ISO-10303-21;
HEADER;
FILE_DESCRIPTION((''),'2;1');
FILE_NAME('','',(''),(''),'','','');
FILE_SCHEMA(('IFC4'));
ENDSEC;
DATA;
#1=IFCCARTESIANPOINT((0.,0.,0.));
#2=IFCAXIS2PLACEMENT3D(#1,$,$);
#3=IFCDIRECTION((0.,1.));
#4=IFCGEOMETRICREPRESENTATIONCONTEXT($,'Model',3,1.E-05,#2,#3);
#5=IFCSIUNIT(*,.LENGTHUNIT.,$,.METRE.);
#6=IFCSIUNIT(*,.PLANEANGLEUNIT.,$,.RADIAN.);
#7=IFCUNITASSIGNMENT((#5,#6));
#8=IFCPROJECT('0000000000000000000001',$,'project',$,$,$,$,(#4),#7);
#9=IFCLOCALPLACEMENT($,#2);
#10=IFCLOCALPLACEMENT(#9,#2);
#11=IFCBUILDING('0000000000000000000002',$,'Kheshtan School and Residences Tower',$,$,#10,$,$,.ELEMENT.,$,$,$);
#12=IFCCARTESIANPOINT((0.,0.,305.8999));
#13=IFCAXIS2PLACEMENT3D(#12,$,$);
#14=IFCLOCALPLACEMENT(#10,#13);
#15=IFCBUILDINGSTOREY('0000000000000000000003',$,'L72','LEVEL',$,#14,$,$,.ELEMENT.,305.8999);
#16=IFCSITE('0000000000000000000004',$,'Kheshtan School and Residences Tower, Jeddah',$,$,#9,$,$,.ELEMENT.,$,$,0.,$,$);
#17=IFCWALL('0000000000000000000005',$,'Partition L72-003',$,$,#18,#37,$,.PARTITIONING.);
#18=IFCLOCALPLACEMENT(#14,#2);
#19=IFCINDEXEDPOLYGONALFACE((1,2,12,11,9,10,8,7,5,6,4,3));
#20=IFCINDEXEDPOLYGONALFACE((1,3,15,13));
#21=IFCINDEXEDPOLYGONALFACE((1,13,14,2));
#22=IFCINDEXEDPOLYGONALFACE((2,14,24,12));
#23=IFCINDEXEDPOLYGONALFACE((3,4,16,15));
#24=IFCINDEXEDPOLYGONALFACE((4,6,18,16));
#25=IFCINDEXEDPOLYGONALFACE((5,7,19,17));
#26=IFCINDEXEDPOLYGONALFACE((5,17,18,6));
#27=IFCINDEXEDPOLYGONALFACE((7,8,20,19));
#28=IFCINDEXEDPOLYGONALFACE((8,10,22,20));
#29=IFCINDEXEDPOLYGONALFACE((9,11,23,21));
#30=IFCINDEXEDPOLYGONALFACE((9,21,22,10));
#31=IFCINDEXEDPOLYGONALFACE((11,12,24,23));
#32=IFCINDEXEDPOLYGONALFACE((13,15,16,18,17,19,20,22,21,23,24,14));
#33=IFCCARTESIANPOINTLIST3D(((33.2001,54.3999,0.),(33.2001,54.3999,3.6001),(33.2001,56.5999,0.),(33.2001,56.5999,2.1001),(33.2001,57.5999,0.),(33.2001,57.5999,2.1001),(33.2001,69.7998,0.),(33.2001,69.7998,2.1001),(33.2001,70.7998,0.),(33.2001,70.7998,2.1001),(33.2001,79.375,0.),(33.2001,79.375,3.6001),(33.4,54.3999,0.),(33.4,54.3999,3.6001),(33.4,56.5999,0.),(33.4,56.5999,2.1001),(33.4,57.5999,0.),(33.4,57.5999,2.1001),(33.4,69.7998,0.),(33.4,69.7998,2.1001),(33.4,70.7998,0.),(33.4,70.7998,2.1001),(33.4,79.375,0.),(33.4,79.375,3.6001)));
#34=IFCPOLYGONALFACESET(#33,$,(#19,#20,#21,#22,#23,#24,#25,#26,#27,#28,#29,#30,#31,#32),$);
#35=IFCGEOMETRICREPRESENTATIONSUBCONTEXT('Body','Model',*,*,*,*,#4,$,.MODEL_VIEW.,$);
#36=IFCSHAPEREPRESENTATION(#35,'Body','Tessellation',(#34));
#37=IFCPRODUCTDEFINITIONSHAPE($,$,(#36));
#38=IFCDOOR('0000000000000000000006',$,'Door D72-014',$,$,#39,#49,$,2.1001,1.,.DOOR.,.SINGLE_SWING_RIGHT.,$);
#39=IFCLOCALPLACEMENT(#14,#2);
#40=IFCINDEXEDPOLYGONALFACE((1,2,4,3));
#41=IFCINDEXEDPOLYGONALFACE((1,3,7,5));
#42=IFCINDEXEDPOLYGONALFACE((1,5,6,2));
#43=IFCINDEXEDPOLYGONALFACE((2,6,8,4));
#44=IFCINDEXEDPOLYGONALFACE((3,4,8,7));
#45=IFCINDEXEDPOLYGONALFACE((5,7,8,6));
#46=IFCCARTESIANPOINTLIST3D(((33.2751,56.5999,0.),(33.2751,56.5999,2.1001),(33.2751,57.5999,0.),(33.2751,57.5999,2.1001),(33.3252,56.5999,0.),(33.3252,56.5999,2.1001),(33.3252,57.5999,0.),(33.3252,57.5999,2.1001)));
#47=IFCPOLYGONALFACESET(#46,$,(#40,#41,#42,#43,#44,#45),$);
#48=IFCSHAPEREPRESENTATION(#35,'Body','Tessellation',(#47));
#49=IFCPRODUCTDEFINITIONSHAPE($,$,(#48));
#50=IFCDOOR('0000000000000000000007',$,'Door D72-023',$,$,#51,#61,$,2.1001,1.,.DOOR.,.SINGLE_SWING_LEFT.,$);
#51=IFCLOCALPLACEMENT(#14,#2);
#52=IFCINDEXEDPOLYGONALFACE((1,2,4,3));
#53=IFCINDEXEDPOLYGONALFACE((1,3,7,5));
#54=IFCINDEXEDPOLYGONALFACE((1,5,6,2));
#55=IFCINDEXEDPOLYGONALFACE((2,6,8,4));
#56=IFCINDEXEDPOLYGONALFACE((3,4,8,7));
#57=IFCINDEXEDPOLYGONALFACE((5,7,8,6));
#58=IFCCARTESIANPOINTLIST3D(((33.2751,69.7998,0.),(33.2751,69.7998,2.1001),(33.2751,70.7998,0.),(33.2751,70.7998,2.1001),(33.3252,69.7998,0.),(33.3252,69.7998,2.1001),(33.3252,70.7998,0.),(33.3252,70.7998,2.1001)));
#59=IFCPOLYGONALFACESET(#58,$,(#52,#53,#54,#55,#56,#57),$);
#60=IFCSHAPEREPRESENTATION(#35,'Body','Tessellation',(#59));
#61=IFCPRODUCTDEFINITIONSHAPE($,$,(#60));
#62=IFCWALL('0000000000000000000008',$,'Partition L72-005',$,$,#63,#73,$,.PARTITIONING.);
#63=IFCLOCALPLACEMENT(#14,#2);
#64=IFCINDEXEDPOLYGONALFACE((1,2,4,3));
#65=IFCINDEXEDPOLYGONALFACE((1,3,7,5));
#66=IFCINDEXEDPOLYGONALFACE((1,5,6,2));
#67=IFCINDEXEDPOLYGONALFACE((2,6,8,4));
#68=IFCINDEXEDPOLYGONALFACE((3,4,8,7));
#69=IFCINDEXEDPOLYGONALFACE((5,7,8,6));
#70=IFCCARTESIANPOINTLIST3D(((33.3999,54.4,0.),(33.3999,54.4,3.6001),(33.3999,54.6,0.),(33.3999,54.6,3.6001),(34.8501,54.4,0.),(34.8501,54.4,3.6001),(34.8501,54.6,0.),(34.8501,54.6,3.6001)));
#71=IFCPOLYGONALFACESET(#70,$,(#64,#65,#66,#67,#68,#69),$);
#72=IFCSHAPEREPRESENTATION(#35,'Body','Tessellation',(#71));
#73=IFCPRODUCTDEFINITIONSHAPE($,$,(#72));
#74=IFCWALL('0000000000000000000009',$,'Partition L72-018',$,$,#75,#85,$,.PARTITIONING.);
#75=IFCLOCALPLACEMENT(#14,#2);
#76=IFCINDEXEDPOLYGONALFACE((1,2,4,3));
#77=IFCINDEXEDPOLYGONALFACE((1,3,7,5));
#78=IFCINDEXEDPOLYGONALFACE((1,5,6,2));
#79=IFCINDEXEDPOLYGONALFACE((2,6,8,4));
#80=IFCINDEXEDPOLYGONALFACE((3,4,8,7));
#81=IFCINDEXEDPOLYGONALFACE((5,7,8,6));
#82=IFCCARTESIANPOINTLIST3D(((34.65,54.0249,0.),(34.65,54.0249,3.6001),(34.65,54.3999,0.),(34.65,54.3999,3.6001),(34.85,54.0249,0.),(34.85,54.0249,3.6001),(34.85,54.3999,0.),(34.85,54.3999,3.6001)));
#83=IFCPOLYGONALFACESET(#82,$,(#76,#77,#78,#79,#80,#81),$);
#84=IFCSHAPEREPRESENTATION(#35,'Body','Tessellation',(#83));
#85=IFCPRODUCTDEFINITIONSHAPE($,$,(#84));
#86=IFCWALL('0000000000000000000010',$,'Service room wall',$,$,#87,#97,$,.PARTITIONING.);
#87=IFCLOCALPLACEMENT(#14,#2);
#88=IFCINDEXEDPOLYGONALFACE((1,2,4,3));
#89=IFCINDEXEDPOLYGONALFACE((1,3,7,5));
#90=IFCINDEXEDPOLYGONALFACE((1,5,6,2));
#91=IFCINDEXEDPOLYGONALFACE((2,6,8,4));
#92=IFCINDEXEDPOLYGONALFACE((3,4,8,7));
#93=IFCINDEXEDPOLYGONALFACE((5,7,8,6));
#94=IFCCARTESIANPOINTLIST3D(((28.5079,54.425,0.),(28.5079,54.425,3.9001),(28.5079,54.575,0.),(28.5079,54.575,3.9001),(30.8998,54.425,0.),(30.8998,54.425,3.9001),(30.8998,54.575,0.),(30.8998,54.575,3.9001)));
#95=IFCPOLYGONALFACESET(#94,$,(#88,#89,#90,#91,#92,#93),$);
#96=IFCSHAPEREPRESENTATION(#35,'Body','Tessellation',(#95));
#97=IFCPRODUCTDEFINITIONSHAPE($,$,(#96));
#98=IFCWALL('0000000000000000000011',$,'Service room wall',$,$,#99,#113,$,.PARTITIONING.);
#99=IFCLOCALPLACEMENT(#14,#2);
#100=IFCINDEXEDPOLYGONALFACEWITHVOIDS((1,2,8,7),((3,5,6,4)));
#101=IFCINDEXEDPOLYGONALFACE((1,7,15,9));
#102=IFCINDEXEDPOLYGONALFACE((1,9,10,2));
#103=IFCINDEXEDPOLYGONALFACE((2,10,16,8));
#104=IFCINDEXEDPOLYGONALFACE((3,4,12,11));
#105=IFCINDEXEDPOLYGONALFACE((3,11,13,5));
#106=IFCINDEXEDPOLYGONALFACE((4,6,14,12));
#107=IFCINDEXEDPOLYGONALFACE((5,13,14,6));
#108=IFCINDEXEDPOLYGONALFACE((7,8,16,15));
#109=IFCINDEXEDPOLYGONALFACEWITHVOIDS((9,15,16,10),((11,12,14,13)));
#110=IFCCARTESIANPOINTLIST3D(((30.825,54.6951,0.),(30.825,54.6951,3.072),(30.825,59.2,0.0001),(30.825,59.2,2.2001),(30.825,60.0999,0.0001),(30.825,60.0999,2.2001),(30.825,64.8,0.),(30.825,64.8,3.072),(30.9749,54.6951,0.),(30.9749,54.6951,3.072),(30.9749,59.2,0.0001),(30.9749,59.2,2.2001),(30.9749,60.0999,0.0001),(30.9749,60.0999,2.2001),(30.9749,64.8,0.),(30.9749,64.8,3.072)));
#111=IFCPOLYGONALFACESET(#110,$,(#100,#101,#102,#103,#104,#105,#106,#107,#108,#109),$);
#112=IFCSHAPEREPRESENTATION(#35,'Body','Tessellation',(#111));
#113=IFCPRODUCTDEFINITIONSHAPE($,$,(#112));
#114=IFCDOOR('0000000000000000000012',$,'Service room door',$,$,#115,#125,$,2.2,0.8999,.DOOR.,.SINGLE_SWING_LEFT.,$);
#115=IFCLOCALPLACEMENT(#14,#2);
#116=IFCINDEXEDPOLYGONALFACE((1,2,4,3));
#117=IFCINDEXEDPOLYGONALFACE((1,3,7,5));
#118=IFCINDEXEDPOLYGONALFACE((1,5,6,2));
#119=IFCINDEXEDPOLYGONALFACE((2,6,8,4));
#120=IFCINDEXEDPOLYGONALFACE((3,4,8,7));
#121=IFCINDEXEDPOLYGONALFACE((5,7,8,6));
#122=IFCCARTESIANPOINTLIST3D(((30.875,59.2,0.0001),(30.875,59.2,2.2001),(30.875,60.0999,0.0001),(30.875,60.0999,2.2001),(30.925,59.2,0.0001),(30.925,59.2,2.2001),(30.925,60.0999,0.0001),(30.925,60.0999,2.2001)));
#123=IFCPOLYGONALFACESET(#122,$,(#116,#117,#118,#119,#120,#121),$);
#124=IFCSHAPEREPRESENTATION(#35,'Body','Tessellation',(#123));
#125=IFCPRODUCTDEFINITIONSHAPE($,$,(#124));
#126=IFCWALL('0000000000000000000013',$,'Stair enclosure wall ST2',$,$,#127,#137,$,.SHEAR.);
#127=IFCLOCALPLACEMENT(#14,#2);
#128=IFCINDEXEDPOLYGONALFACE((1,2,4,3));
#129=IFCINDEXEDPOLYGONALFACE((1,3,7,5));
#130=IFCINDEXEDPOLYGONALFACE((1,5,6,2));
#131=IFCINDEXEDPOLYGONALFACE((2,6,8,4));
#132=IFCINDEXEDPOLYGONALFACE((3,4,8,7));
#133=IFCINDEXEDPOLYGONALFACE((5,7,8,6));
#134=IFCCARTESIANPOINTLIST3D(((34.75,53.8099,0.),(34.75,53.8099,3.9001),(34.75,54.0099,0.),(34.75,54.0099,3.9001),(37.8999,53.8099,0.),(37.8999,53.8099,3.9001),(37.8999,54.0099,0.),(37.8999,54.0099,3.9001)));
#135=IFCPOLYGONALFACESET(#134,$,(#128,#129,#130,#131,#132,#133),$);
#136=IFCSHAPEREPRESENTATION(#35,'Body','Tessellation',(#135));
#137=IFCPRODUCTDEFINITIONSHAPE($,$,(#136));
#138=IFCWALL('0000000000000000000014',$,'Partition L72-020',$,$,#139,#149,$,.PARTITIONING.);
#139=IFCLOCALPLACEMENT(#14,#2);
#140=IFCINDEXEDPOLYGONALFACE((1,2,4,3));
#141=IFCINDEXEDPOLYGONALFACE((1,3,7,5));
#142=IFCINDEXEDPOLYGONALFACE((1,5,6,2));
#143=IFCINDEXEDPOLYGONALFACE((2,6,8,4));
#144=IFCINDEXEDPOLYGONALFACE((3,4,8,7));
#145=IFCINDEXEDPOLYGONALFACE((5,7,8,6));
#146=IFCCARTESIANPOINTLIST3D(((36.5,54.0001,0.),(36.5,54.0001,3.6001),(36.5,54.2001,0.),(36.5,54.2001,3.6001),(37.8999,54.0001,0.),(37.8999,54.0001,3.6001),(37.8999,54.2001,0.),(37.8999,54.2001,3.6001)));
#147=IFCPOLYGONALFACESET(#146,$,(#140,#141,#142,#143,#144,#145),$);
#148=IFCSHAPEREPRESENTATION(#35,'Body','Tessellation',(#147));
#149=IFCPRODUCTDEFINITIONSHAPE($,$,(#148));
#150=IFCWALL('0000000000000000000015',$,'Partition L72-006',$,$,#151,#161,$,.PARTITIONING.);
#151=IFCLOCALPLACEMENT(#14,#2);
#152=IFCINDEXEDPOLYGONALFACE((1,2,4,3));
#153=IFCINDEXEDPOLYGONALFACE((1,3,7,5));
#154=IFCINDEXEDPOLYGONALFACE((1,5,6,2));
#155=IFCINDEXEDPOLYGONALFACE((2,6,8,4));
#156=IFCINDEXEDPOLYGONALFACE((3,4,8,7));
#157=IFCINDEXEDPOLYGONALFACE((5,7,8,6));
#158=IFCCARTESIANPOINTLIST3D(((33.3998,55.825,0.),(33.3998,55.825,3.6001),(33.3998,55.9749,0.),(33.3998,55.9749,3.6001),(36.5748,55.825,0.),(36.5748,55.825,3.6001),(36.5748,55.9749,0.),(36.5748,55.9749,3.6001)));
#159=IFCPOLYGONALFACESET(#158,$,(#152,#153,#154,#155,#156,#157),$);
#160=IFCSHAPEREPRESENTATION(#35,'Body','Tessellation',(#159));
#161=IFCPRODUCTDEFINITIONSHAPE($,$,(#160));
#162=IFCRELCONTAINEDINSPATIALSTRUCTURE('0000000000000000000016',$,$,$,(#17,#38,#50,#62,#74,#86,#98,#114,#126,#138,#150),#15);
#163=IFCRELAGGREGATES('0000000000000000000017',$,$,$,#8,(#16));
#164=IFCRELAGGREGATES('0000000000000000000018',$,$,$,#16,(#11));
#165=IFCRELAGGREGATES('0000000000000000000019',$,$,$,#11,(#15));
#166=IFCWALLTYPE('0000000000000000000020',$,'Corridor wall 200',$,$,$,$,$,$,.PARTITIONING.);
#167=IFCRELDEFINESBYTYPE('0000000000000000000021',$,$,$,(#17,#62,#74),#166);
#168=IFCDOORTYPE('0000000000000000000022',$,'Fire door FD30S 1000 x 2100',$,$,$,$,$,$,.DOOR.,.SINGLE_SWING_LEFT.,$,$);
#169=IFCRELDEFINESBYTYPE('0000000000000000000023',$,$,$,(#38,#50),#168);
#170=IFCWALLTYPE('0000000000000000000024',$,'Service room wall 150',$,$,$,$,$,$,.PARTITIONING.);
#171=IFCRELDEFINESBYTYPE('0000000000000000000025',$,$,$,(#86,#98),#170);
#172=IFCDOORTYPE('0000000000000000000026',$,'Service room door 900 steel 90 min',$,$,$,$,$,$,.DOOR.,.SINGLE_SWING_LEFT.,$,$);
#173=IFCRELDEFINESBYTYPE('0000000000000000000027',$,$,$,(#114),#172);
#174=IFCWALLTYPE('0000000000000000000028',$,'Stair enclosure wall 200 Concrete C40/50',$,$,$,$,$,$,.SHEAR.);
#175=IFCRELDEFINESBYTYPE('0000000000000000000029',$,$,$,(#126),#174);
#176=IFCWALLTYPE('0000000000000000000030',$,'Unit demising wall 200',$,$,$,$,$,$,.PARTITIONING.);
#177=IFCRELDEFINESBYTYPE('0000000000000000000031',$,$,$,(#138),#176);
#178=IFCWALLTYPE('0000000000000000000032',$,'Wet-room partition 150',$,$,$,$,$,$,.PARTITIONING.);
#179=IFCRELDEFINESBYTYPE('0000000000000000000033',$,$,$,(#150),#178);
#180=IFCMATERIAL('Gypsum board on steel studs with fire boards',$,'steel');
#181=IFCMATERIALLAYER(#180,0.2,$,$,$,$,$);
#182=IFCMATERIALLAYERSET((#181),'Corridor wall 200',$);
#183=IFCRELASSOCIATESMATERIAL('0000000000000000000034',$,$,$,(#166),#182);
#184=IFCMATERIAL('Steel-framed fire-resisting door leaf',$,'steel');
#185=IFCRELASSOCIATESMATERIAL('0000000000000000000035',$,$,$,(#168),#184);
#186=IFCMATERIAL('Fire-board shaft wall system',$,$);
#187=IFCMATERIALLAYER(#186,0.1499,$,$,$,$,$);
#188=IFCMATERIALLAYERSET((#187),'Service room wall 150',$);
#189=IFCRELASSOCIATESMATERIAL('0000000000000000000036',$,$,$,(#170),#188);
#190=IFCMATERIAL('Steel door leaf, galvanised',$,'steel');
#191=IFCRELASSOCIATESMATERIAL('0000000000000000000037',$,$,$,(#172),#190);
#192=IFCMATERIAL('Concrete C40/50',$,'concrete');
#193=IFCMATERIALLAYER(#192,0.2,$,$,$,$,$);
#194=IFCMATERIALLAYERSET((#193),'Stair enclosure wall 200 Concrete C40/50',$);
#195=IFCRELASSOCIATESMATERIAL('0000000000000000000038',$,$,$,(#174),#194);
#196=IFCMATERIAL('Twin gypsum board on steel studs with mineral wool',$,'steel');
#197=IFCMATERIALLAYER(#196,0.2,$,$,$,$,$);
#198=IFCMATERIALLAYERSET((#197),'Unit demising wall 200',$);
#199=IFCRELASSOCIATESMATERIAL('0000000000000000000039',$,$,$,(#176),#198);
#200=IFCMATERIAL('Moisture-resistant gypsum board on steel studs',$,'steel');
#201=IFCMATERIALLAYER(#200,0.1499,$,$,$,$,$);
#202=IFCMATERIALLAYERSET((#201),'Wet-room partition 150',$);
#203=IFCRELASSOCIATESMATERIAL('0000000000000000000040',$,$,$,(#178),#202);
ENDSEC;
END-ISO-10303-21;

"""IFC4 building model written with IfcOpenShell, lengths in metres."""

from ifc_helpers import new_model, si_unit, direction, frame, frame_2d, origin, place, context, subcontext, project, spatial, rectangle, extrude, source, transform, mapped, material, layer, layer_set, type_object, element, fill, save


model = new_model("IFC4")

# Units and contexts
model_context = context("Model", 3, precision=1e-05, world=origin(), true_north=direction((0.0, 1.0)))
body_context = subcontext(model_context, "Body", "Model", "MODEL_VIEW")
ifc_project = project(units=[si_unit("LENGTHUNIT", "METRE"), si_unit("PLANEANGLEUNIT", "RADIAN")], contexts=[model_context])

# Site, building, storey
site_placement = place(None, origin())
site = spatial("IfcSite", under=ifc_project, at=site_placement, Name="Kheshtan School and Residences Tower, Jeddah", CompositionType="ELEMENT", RefElevation=0.0)
building_placement = place(site_placement, origin())
building = spatial("IfcBuilding", under=site, at=building_placement, Name="Kheshtan School and Residences Tower", CompositionType="ELEMENT")
storey_placement = place(building_placement, frame((0.0, 0.0, 305.8999)))
storey = spatial("IfcBuildingStorey", under=building, at=storey_placement, Name="L72", Description="LEVEL", CompositionType="ELEMENT", Elevation=305.8999)

# Wall, openings, doors
ifc_material_1 = material(Name="Gypsum board on steel studs with fire boards", Category="steel")
ifc_layer_1 = layer(ifc_material_1, 0.2)
ifc_layer_set_1 = layer_set([ifc_layer_1], Name="Corridor wall 200")
wall_type_1 = type_object("IfcWallType", Name="Corridor wall 200", PredefinedType="PARTITIONING", material=ifc_layer_set_1)
wall_1_placement = place(storey_placement, frame((33.3, 54.3999, 0.0), z_axis=(0.0, 0.0, 1.0), x_axis=(0.0, 1.0, 0.0)))
wall_1 = element("IfcWall", 1, at=wall_1_placement, inside=storey, type_object=wall_type_1, Name="Partition L72-003", PredefinedType="PARTITIONING", context=body_context, shape_type="SweptSolid", body=[
    extrude(rectangle(XDim=24.9751, YDim=0.2, at=frame_2d((12.4875, 0.0))), origin(), (0.0, 0.0, 1.0), 3.6001),
])
opening_1_placement = place(wall_1_placement, frame((2.2, 0.0, 0.0)))
opening_1 = element("IfcOpeningElement", 2, at=opening_1_placement, cuts=wall_1, PredefinedType="OPENING", context=body_context, shape_type="SweptSolid", body=[
    extrude(rectangle(XDim=1.0, YDim=2.1001, at=frame_2d((0.5, 1.05))), frame((0.0, 0.1099, 0.0), z_axis=(0.0, -1.0, 0.0), x_axis=(1.0, 0.0, 0.0)), (0.0, 0.0, 1.0), 0.22),
])
opening_2_placement = place(wall_1_placement, frame((15.3999, 0.0, 0.0)))
opening_2 = element("IfcOpeningElement", 3, at=opening_2_placement, cuts=wall_1, PredefinedType="OPENING", context=body_context, shape_type="SweptSolid", body=[
    extrude(rectangle(XDim=1.0, YDim=2.1001, at=frame_2d((0.5, 1.05))), frame((0.0, 0.1099, 0.0), z_axis=(0.0, -1.0, 0.0), x_axis=(1.0, 0.0, 0.0)), (0.0, 0.0, 1.0), 0.22),
])
ifc_material_2 = material(Name="Steel-framed fire-resisting door leaf", Category="steel")
door_type_1 = type_object("IfcDoorType", Name="Fire door FD30S 1000 x 2100", OperationType="SINGLE_SWING_LEFT", PredefinedType="DOOR", material=ifc_material_2)
shared_shape_1 = source(origin(), body_context, "Body", "SweptSolid", [
    extrude(rectangle(XDim=1.0, YDim=2.1001, at=frame_2d((0.5, 1.05))), frame((0.0, 0.0249, 0.0), z_axis=(0.0, -1.0, 0.0), x_axis=(1.0, 0.0, 0.0)), (0.0, 0.0, 1.0), 0.05),
])
door_1_placement = place(opening_1_placement, origin())
door_1 = element("IfcDoor", 4, at=door_1_placement, inside=storey, type_object=door_type_1, Name="Door D72-014", OperationType="SINGLE_SWING_RIGHT", OverallHeight=2.1001, OverallWidth=1.0, PredefinedType="DOOR", context=body_context, shape_type="MappedRepresentation", body=[
    mapped(shared_shape_1, transform((0.0, 0.0, 0.0), x_axis=(1.0, 0.0, 0.0), y_axis=(0.0, 1.0, 0.0), z_axis=(0.0, 0.0, 1.0), scale=1.0)),
])
fill(opening_1, door_1)
door_2_placement = place(opening_2_placement, origin())
door_2 = element("IfcDoor", 5, at=door_2_placement, inside=storey, type_object=door_type_1, Name="Door D72-023", OperationType="SINGLE_SWING_LEFT", OverallHeight=2.1001, OverallWidth=1.0, PredefinedType="DOOR", context=body_context, shape_type="MappedRepresentation", body=[
    mapped(shared_shape_1, transform((0.0, 0.0, 0.0), x_axis=(1.0, 0.0, 0.0), y_axis=(0.0, 1.0, 0.0), z_axis=(0.0, 0.0, 1.0), scale=1.0)),
])
fill(opening_2, door_2)

# Walls
wall_2_placement = place(storey_placement, frame((33.3999, 54.5, 0.0), z_axis=(0.0, 0.0, 1.0), x_axis=(1.0, 0.0, 0.0)))
element("IfcWall", 6, at=wall_2_placement, inside=storey, type_object=wall_type_1, Name="Partition L72-005", PredefinedType="PARTITIONING", context=body_context, shape_type="SweptSolid", body=[
    extrude(rectangle(XDim=1.4502, YDim=0.2, at=frame_2d((0.7251, 0.0))), origin(), (0.0, 0.0, 1.0), 3.6001),
])
wall_3_placement = place(storey_placement, frame((34.75, 54.0249, 0.0), z_axis=(0.0, 0.0, 1.0), x_axis=(0.0, 1.0, 0.0)))
element("IfcWall", 7, at=wall_3_placement, inside=storey, type_object=wall_type_1, Name="Partition L72-018", PredefinedType="PARTITIONING", context=body_context, shape_type="SweptSolid", body=[
    extrude(rectangle(XDim=0.375, YDim=0.2, at=frame_2d((0.1875, 0.0))), origin(), (0.0, 0.0, 1.0), 3.6001),
])
ifc_material_3 = material(Name="Fire-board shaft wall system")
ifc_layer_2 = layer(ifc_material_3, 0.1499)
ifc_layer_set_2 = layer_set([ifc_layer_2], Name="Service room wall 150")
wall_type_2 = type_object("IfcWallType", Name="Service room wall 150", PredefinedType="PARTITIONING", material=ifc_layer_set_2)
wall_4_placement = place(storey_placement, frame((28.5081, 54.5, 0.0), z_axis=(0.0, 0.0, 1.0), x_axis=(1.0, 0.0, 0.0)))
element("IfcWall", 8, at=wall_4_placement, inside=storey, type_object=wall_type_2, Name="Service room wall", PredefinedType="PARTITIONING", context=body_context, shape_type="SweptSolid", body=[
    extrude(rectangle(XDim=2.3918, YDim=0.1499, at=frame_2d((1.1958, 0.0))), origin(), (0.0, 0.0, 1.0), 3.9001),
])

# Wall, opening, door
wall_5_placement = place(storey_placement, frame((30.8999, 54.6951, 0.0), z_axis=(0.0, 0.0, 1.0), x_axis=(0.0, 1.0, 0.0)))
wall_5 = element("IfcWall", 9, at=wall_5_placement, inside=storey, type_object=wall_type_2, Name="Service room wall", PredefinedType="PARTITIONING", context=body_context, shape_type="SweptSolid", body=[
    extrude(rectangle(XDim=10.105, YDim=0.1499, at=frame_2d((5.0525, 0.0))), origin(), (0.0, 0.0, 1.0), 3.072),
])
opening_3_placement = place(wall_5_placement, frame((4.5049, 0.0, 0.0)))
opening_3 = element("IfcOpeningElement", 10, at=opening_3_placement, cuts=wall_5, PredefinedType="OPENING", context=body_context, shape_type="SweptSolid", body=[
    extrude(rectangle(XDim=0.8999, YDim=2.2, at=frame_2d((0.45, 1.1001))), frame((0.0, 0.085, 0.0), z_axis=(0.0, -1.0, 0.0), x_axis=(1.0, 0.0, 0.0)), (0.0, 0.0, 1.0), 0.1699),
])
ifc_material_4 = material(Name="Steel door leaf, galvanised", Category="steel")
door_type_2 = type_object("IfcDoorType", Name="Service room door 900 steel 90 min", OperationType="SINGLE_SWING_LEFT", PredefinedType="DOOR", material=ifc_material_4)
shared_shape_2 = source(origin(), body_context, "Body", "SweptSolid", [
    extrude(rectangle(XDim=0.8999, YDim=2.2, at=frame_2d((0.45, 1.1001))), frame((0.0, 0.0249, 0.0), z_axis=(0.0, -1.0, 0.0), x_axis=(1.0, 0.0, 0.0)), (0.0, 0.0, 1.0), 0.05),
])
door_3_placement = place(opening_3_placement, origin())
door_3 = element("IfcDoor", 11, at=door_3_placement, inside=storey, type_object=door_type_2, Name="Service room door", OperationType="SINGLE_SWING_LEFT", OverallHeight=2.2, OverallWidth=0.8999, PredefinedType="DOOR", context=body_context, shape_type="MappedRepresentation", body=[
    mapped(shared_shape_2, transform((0.0, 0.0, 0.0), x_axis=(1.0, 0.0, 0.0), y_axis=(0.0, 1.0, 0.0), z_axis=(0.0, 0.0, 1.0), scale=1.0)),
])
fill(opening_3, door_3)

# Walls
ifc_material_5 = material(Name="Concrete C40/50", Category="concrete")
ifc_layer_3 = layer(ifc_material_5, 0.2)
ifc_layer_set_3 = layer_set([ifc_layer_3], Name="Stair enclosure wall 200 Concrete C40/50")
wall_type_3 = type_object("IfcWallType", Name="Stair enclosure wall 200 Concrete C40/50", PredefinedType="SHEAR", material=ifc_layer_set_3)
wall_6_placement = place(storey_placement, frame((34.75, 53.9099, 0.0), z_axis=(0.0, 0.0, 1.0), x_axis=(1.0, 0.0, 0.0)))
element("IfcWall", 12, at=wall_6_placement, inside=storey, type_object=wall_type_3, Name="Stair enclosure wall ST2", PredefinedType="SHEAR", context=body_context, shape_type="SweptSolid", body=[
    extrude(rectangle(XDim=3.1499, YDim=0.2, at=frame_2d((1.575, 0.0))), origin(), (0.0, 0.0, 1.0), 3.9001),
])
ifc_material_6 = material(Name="Twin gypsum board on steel studs with mineral wool", Category="steel")
ifc_layer_4 = layer(ifc_material_6, 0.2)
ifc_layer_set_4 = layer_set([ifc_layer_4], Name="Unit demising wall 200")
wall_type_4 = type_object("IfcWallType", Name="Unit demising wall 200", PredefinedType="PARTITIONING", material=ifc_layer_set_4)
wall_7_placement = place(storey_placement, frame((36.5, 54.1001, 0.0), z_axis=(0.0, 0.0, 1.0), x_axis=(1.0, 0.0, 0.0)))
element("IfcWall", 13, at=wall_7_placement, inside=storey, type_object=wall_type_4, Name="Partition L72-020", PredefinedType="PARTITIONING", context=body_context, shape_type="SweptSolid", body=[
    extrude(rectangle(XDim=1.3999, YDim=0.2, at=frame_2d((0.7, 0.0))), origin(), (0.0, 0.0, 1.0), 3.6001),
])
ifc_material_7 = material(Name="Moisture-resistant gypsum board on steel studs", Category="steel")
ifc_layer_5 = layer(ifc_material_7, 0.1499)
ifc_layer_set_5 = layer_set([ifc_layer_5], Name="Wet-room partition 150")
wall_type_5 = type_object("IfcWallType", Name="Wet-room partition 150", PredefinedType="PARTITIONING", material=ifc_layer_set_5)
wall_8_placement = place(storey_placement, frame((33.3999, 55.8999, 0.0), z_axis=(0.0, 0.0, 1.0), x_axis=(1.0, 0.0, 0.0)))
element("IfcWall", 14, at=wall_8_placement, inside=storey, type_object=wall_type_5, Name="Partition L72-006", PredefinedType="PARTITIONING", context=body_context, shape_type="SweptSolid", body=[
    extrude(rectangle(XDim=3.175, YDim=0.1499, at=frame_2d((1.5874, 0.0))), origin(), (0.0, 0.0, 1.0), 3.6001),
])

save(model, "model.ifc")
